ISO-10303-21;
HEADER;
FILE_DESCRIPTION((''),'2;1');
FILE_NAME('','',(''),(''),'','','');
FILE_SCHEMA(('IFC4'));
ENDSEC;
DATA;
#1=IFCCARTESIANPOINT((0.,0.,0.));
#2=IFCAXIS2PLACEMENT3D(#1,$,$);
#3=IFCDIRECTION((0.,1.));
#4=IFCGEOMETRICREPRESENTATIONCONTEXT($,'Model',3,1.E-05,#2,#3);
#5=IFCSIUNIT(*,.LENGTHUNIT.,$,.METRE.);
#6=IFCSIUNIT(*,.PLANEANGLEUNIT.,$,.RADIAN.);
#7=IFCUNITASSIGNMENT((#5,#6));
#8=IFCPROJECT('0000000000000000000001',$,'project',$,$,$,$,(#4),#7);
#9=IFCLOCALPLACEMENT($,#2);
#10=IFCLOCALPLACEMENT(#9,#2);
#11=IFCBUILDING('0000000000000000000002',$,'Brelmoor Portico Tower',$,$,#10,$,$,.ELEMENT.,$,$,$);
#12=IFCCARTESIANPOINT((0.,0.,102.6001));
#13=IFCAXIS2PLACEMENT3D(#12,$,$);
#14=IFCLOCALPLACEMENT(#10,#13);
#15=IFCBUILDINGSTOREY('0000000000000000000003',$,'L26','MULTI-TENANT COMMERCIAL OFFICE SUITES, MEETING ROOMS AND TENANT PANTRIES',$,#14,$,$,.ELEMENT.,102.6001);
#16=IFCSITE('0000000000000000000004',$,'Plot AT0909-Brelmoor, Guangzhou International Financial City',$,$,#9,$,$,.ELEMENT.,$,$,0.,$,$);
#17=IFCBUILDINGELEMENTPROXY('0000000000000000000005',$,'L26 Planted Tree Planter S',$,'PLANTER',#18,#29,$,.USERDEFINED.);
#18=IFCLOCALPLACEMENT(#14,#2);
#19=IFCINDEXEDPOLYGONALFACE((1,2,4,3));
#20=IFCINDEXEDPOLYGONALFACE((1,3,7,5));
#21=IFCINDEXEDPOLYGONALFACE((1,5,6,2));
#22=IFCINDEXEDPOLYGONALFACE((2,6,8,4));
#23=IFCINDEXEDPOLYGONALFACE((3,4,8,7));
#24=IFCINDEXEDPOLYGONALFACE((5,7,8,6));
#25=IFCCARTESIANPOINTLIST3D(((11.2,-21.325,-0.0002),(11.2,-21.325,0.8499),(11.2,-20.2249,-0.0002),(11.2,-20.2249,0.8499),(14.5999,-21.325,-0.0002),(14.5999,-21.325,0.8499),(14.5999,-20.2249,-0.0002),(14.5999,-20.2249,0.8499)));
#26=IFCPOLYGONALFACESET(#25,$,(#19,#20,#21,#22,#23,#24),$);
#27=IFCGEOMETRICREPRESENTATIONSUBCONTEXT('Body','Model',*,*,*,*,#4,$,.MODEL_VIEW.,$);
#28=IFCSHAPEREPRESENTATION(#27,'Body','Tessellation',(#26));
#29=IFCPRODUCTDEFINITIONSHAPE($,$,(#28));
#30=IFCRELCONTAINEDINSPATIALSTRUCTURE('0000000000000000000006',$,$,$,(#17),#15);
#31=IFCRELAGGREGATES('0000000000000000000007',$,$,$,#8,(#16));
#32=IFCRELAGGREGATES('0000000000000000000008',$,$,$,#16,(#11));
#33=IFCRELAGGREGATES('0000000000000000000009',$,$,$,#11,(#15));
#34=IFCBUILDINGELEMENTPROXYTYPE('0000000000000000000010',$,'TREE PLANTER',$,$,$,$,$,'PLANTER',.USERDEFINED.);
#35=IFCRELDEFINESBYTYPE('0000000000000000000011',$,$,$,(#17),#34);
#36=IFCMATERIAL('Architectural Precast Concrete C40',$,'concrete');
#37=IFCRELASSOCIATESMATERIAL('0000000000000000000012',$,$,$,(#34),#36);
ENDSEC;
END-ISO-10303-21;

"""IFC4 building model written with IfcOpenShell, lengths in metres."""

from ifc_helpers import new_model, si_unit, direction, frame, origin, origin_2d, place, context, subcontext, project, spatial, rectangle, extrude, material, type_object, element, save


model = new_model("IFC4")

# Units and contexts
model_context = context("Model", 3, precision=1e-05, world=origin(), true_north=direction((0.0, 1.0)))
body_context = subcontext(model_context, "Body", "Model", "MODEL_VIEW")
ifc_project = project(units=[si_unit("LENGTHUNIT", "METRE"), si_unit("PLANEANGLEUNIT", "RADIAN")], contexts=[model_context])

# Site, building, storey
site_placement = place(None, origin())
site = spatial("IfcSite", under=ifc_project, at=site_placement, Name="Plot AT0909-Brelmoor, Guangzhou International Financial City", CompositionType="ELEMENT", RefElevation=0.0)
building_placement = place(site_placement, origin())
building = spatial("IfcBuilding", under=site, at=building_placement, Name="Brelmoor Portico Tower", CompositionType="ELEMENT")
storey_placement = place(building_placement, frame((0.0, 0.0, 102.6001)))
storey = spatial("IfcBuildingStorey", under=building, at=storey_placement, Name="L26", Description="MULTI-TENANT COMMERCIAL OFFICE SUITES, MEETING ROOMS AND TENANT PANTRIES", CompositionType="ELEMENT", Elevation=102.6001)

# Building element proxy
ifc_material_1 = material(Name="Architectural Precast Concrete C40", Category="concrete")
building_element_proxy_type_1 = type_object("IfcBuildingElementProxyType", Name="TREE PLANTER", ElementType="PLANTER", PredefinedType="USERDEFINED", material=ifc_material_1)
proxy_1_placement = place(storey_placement, frame((12.8999, -20.7749, -0.0002), z_axis=(0.0, 0.0, 1.0), x_axis=(1.0, 0.0, 0.0)))
element("IfcBuildingElementProxy", 1, at=proxy_1_placement, inside=storey, type_object=building_element_proxy_type_1, Name="L26 Planted Tree Planter S", ObjectType="PLANTER", PredefinedType="USERDEFINED", context=body_context, shape_type="SweptSolid", body=[
    extrude(rectangle(XDim=3.3999, YDim=1.1001, at=origin_2d()), origin(), (0.0, 0.0, 1.0), 0.8501),
])

save(model, "model.ifc")
